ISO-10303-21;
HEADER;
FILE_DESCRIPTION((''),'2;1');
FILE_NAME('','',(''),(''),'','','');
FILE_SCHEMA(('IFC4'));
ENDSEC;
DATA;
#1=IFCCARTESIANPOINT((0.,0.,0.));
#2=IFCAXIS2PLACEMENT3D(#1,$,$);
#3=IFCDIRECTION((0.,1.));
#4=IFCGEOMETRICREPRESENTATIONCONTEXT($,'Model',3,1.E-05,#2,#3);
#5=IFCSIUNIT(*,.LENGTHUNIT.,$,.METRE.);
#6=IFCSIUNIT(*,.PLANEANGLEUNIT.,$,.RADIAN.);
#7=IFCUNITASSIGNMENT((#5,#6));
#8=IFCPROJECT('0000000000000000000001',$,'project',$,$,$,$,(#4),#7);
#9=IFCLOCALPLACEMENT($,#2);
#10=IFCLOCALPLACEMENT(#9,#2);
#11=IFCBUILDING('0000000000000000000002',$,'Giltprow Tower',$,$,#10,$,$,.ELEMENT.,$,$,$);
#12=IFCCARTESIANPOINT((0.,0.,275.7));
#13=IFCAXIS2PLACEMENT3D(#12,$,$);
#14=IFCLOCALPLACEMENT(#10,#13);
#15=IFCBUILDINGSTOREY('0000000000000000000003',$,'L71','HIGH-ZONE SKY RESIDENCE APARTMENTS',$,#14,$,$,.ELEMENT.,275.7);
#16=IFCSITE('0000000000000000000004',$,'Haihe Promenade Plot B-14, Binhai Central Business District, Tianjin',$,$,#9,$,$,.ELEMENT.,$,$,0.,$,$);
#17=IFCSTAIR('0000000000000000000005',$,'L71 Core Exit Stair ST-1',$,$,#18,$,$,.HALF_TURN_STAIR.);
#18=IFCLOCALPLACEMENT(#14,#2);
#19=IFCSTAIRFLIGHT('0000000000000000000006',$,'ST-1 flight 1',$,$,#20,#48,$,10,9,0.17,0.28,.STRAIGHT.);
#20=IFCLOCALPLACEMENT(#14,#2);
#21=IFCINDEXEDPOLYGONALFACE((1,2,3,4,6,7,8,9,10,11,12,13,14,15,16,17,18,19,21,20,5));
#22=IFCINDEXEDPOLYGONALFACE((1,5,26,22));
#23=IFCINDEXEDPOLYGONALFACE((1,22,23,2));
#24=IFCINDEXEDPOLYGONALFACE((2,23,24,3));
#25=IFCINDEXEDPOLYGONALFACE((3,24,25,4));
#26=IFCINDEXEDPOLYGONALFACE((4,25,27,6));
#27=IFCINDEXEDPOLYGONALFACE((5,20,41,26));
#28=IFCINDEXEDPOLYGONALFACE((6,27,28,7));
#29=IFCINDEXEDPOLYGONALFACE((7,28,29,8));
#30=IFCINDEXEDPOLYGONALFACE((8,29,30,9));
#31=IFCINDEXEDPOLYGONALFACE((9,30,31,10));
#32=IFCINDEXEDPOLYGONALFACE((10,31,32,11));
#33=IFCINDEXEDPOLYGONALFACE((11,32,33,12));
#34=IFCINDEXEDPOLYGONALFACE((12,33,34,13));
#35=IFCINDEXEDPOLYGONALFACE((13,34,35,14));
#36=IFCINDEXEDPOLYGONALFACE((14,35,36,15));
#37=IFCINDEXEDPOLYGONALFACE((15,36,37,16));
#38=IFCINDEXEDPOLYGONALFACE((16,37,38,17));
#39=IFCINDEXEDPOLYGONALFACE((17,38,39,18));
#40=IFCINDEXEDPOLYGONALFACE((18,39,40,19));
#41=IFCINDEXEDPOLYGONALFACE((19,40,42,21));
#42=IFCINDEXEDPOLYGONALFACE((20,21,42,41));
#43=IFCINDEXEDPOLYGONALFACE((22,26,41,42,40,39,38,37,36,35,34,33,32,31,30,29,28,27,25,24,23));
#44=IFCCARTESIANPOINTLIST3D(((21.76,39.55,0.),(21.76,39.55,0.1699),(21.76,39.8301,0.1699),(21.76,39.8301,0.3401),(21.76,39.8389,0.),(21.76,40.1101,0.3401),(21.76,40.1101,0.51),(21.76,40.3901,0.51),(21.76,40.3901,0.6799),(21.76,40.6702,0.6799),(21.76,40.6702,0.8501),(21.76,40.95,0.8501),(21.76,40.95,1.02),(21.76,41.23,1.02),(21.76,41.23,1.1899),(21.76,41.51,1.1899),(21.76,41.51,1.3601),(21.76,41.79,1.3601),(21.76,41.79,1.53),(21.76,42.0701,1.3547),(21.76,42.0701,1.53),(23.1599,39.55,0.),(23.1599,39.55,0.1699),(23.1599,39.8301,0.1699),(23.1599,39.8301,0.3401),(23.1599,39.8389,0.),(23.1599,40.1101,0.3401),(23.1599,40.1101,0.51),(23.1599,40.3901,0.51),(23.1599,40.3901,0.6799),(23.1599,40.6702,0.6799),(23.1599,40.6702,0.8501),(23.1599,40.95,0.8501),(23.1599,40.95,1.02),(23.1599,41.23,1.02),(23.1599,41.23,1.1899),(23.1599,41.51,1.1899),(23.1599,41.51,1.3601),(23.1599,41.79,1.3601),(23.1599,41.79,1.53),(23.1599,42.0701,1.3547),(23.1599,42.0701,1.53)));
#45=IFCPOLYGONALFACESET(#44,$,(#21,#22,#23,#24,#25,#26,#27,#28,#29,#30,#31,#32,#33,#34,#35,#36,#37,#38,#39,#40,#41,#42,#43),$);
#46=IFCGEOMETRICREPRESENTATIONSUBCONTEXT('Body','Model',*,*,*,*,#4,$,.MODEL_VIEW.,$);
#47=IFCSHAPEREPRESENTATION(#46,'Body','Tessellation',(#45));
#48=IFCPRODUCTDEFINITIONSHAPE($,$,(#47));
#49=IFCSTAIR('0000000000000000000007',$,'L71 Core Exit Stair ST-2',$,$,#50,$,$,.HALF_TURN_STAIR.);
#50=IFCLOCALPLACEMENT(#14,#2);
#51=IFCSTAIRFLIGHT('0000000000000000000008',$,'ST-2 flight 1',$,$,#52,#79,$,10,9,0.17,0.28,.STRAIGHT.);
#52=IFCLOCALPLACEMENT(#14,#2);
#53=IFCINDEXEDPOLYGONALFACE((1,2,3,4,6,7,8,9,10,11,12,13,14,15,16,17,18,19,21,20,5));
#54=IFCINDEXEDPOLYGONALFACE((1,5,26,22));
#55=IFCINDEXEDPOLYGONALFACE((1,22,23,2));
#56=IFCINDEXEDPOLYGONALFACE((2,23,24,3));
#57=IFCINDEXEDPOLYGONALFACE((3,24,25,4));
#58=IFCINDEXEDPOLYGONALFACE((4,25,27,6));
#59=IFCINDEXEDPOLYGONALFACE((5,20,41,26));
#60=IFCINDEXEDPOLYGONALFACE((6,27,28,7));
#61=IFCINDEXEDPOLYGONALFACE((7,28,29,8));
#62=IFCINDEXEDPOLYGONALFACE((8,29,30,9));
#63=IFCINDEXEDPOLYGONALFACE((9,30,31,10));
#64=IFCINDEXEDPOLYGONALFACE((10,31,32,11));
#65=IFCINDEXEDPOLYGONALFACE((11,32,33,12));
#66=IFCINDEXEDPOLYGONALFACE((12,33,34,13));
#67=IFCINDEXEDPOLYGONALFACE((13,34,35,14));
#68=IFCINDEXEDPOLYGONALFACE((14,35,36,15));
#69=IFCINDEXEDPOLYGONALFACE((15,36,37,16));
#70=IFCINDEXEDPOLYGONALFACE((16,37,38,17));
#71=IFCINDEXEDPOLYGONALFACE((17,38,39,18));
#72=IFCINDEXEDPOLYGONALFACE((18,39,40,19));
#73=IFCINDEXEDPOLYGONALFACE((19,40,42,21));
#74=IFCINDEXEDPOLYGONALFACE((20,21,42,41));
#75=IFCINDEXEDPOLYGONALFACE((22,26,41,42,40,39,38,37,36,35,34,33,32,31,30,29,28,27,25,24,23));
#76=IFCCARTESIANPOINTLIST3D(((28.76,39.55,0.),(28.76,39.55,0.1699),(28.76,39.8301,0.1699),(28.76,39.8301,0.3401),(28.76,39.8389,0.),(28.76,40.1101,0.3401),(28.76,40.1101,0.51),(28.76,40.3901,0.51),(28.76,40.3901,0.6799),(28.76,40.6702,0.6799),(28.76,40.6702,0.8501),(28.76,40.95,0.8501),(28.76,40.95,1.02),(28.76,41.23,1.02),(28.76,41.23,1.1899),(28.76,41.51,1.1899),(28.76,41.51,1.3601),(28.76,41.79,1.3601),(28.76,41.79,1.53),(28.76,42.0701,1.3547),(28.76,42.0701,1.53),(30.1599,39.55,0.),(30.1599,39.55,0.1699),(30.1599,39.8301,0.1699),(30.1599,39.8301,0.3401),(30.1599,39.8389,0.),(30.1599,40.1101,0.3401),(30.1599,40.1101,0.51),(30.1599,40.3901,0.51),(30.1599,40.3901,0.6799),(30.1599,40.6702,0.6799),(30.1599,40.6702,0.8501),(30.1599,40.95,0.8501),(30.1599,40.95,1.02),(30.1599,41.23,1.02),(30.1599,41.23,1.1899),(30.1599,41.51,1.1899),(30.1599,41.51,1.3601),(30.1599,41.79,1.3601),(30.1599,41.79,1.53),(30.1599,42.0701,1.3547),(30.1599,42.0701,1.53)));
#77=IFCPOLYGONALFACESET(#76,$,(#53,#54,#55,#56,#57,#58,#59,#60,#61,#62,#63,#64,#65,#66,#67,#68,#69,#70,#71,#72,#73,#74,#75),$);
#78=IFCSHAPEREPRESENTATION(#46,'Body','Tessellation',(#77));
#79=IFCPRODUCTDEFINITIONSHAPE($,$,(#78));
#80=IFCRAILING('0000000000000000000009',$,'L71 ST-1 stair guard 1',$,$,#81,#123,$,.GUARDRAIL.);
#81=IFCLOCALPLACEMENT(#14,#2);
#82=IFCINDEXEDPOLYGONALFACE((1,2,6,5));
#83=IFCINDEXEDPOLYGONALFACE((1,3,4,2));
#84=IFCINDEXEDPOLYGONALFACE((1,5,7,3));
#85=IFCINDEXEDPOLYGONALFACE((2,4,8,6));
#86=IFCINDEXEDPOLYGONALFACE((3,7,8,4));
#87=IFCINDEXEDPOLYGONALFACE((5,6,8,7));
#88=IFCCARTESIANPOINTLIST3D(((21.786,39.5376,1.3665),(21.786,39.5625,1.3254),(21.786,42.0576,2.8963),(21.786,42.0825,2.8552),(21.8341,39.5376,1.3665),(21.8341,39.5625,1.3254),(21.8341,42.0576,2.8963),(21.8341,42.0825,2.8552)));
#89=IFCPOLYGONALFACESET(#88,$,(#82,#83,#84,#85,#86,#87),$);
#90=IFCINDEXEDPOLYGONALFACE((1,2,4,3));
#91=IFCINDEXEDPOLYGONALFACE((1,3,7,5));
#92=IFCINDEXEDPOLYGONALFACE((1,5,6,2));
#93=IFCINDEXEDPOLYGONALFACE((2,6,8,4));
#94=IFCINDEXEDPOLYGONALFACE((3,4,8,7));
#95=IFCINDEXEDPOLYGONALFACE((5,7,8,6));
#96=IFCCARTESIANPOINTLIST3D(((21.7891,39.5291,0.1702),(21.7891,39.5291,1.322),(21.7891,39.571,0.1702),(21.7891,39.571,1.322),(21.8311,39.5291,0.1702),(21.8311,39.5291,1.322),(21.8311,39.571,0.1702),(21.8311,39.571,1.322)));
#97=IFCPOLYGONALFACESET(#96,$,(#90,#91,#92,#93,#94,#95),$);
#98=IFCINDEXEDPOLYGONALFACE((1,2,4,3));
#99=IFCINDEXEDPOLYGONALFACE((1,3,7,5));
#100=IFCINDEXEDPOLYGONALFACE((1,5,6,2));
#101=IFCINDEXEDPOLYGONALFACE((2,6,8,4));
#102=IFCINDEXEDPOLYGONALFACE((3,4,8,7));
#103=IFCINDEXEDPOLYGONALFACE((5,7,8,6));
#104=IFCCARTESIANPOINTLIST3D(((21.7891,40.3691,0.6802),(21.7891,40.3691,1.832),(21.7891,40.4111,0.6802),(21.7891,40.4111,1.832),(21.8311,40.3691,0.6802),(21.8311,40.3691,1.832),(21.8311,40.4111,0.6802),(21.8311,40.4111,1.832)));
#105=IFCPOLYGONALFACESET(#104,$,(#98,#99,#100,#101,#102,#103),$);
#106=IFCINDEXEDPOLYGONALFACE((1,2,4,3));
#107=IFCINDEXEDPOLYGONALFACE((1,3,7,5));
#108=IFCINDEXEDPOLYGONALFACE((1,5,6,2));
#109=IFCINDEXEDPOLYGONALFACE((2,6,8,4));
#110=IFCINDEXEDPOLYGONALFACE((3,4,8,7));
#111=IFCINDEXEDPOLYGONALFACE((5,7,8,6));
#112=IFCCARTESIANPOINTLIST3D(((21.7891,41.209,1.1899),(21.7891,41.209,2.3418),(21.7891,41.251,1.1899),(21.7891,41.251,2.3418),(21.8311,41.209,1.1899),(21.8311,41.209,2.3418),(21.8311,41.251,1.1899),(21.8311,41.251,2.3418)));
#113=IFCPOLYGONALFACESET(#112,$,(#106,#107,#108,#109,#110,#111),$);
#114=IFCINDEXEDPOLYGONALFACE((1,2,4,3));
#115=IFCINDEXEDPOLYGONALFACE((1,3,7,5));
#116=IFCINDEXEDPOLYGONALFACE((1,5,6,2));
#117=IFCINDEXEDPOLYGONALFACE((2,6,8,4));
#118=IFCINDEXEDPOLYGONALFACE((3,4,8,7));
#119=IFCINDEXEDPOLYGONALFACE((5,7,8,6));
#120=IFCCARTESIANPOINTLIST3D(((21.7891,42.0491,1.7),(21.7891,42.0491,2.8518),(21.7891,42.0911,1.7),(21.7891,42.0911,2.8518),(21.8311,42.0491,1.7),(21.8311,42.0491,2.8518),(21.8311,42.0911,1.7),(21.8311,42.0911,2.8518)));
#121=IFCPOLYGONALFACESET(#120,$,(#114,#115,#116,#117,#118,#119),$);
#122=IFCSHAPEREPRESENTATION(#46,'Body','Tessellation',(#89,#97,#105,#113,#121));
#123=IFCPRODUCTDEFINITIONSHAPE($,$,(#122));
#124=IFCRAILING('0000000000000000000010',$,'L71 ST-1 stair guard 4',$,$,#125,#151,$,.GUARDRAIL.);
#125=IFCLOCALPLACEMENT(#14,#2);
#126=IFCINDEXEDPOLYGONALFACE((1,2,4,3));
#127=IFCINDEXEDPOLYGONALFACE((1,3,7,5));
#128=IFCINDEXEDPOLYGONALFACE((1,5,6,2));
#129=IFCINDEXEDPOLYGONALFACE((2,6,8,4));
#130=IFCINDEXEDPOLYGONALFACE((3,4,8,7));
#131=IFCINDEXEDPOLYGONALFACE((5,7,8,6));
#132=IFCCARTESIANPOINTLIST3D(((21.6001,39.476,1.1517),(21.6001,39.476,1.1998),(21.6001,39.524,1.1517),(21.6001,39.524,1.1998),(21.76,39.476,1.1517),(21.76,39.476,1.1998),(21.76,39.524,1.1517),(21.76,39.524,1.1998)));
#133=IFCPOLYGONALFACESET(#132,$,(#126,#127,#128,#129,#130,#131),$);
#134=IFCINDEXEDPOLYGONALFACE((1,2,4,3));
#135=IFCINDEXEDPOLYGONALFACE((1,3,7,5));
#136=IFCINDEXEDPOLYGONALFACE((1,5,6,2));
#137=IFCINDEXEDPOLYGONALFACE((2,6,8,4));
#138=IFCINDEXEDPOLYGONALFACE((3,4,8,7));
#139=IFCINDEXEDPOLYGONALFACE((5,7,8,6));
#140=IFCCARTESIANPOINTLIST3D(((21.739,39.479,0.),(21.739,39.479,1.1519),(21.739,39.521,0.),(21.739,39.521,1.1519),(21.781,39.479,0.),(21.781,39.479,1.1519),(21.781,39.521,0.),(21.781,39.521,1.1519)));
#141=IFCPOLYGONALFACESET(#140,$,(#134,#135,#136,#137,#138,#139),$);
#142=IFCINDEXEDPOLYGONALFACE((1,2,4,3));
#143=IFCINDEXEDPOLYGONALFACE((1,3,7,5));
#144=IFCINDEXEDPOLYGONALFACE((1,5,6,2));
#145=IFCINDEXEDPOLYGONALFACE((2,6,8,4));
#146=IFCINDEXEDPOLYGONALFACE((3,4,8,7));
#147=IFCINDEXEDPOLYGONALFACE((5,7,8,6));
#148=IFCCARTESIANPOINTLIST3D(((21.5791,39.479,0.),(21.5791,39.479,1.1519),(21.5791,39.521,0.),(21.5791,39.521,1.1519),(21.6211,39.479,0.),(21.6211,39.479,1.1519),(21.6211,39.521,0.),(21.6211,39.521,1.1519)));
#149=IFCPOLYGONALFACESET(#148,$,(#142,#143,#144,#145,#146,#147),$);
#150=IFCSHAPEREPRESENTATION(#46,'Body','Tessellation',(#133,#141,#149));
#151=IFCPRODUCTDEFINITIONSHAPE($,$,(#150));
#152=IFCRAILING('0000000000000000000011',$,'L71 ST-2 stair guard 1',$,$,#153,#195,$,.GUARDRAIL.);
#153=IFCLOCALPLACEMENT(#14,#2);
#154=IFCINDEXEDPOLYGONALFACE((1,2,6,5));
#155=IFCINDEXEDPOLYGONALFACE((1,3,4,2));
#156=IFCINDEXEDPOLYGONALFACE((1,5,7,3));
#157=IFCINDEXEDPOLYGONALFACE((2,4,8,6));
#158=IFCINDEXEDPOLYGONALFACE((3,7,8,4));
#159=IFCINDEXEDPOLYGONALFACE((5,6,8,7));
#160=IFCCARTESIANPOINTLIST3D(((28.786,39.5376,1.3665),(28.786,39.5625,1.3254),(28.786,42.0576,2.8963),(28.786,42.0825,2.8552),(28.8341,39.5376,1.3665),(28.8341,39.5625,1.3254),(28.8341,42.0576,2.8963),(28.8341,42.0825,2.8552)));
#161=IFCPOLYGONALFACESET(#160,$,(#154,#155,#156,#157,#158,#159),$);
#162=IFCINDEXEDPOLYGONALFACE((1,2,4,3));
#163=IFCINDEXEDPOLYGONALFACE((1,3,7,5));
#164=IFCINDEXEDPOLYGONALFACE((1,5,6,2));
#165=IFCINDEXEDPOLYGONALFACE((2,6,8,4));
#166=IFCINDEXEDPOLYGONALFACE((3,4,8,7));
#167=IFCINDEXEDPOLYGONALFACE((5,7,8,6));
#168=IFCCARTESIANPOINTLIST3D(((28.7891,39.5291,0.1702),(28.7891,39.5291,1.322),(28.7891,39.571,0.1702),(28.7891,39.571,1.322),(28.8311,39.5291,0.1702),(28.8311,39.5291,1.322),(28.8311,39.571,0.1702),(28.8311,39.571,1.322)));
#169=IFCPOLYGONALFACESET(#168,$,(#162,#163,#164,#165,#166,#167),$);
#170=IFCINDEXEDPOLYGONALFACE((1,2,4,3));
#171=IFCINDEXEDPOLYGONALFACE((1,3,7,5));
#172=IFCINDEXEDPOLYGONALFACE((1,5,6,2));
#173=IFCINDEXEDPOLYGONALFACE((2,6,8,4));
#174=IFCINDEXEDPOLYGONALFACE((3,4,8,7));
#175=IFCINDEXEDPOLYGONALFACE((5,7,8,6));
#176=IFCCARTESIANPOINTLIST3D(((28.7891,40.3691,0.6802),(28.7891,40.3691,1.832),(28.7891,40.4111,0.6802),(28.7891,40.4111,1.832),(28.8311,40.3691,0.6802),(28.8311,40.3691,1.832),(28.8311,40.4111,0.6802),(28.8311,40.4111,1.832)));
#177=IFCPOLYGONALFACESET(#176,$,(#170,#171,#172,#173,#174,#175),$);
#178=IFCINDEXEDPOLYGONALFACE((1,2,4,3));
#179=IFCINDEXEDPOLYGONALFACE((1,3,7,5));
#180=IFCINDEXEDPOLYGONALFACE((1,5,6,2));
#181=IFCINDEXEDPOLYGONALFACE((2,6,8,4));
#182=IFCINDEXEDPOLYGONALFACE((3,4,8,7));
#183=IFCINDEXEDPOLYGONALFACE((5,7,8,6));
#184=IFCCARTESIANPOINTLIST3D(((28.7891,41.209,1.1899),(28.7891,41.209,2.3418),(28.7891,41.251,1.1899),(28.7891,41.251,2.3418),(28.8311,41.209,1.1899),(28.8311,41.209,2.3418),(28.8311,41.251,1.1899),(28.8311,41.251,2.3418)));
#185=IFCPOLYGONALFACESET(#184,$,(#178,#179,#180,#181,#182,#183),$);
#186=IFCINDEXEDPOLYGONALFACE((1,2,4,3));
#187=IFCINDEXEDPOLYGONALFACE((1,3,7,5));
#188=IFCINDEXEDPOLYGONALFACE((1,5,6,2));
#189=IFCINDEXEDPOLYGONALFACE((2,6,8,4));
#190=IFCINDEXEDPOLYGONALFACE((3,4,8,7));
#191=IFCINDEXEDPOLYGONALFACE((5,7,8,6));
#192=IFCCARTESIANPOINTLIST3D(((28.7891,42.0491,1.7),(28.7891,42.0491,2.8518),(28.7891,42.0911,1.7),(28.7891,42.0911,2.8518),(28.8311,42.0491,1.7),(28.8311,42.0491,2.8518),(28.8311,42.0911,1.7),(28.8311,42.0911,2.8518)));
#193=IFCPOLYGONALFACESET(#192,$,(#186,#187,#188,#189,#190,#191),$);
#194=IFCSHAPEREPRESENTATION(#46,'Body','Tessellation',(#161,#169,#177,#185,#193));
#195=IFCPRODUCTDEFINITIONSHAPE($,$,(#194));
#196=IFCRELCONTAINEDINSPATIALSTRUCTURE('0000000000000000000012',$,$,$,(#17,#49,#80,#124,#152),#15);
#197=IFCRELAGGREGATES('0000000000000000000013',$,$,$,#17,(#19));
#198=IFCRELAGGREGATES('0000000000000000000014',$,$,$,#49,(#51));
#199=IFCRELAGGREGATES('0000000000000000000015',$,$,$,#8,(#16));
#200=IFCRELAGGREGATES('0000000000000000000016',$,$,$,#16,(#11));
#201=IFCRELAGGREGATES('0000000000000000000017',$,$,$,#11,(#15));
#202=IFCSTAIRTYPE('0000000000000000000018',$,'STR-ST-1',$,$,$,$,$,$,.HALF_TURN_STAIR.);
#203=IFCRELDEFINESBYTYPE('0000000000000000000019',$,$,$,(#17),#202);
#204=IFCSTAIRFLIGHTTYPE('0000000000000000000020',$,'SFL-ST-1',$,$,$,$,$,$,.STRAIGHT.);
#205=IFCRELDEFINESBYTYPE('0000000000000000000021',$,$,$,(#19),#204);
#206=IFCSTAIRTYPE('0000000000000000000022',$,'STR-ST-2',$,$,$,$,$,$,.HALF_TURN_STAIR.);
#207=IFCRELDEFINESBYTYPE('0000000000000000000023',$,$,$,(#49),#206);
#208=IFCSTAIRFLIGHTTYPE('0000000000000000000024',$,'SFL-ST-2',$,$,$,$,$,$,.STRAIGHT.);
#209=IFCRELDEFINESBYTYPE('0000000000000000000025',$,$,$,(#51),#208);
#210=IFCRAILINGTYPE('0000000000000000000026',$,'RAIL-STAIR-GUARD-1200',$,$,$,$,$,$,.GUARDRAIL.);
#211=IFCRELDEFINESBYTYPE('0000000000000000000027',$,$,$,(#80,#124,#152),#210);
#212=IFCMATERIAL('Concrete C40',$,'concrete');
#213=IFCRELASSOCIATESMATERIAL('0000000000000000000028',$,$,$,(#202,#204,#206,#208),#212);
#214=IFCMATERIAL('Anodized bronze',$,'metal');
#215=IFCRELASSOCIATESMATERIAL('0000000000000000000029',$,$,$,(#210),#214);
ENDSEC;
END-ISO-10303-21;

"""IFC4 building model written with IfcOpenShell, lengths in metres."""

from ifc_helpers import new_model, si_unit, direction, frame, origin, origin_2d, place, context, subcontext, project, spatial, polyline, rectangle, outline, extrude, material, type_object, element, aggregate, save


model = new_model("IFC4")

# Units and contexts
model_context = context("Model", 3, precision=1e-05, world=origin(), true_north=direction((0.0, 1.0)))
body_context = subcontext(model_context, "Body", "Model", "MODEL_VIEW")
ifc_project = project(units=[si_unit("LENGTHUNIT", "METRE"), si_unit("PLANEANGLEUNIT", "RADIAN")], contexts=[model_context])

# Site, building, storey
site_placement = place(None, origin())
site = spatial("IfcSite", under=ifc_project, at=site_placement, Name="Haihe Promenade Plot B-14, Binhai Central Business District, Tianjin", CompositionType="ELEMENT", RefElevation=0.0)
building_placement = place(site_placement, origin())
building = spatial("IfcBuilding", under=site, at=building_placement, Name="Giltprow Tower", CompositionType="ELEMENT")
storey_placement = place(building_placement, frame((0.0, 0.0, 275.7)))
storey = spatial("IfcBuildingStorey", under=building, at=storey_placement, Name="L71", Description="HIGH-ZONE SKY RESIDENCE APARTMENTS", CompositionType="ELEMENT", Elevation=275.7)

# Shared definitions
ifc_material_1 = material(Name="Concrete C40", Category="concrete")

# Stairs, stair flights
stair_type_1 = type_object("IfcStairType", Name="STR-ST-1", PredefinedType="HALF_TURN_STAIR", material=ifc_material_1)
stair_1_placement = place(storey_placement, origin())
stair_1 = element("IfcStair", 1, at=stair_1_placement, inside=storey, type_object=stair_type_1, Name="L71 Core Exit Stair ST-1", PredefinedType="HALF_TURN_STAIR")
stair_flight_type_1 = type_object("IfcStairFlightType", Name="SFL-ST-1", PredefinedType="STRAIGHT", material=ifc_material_1)
stair_flight_1_placement = place(storey_placement, frame((22.46, 39.55, 0.0), z_axis=(0.0, 0.0, 1.0), x_axis=(0.0, 1.0, 0.0)))
stair_flight_1 = element("IfcStairFlight", 2, at=stair_flight_1_placement, type_object=stair_flight_type_1, Name="ST-1 flight 1", NumberOfRisers=10, NumberOfTreads=9, PredefinedType="STRAIGHT", RiserHeight=0.17, TreadLength=0.28, context=body_context, shape_type="SweptSolid", body=[
    extrude(outline(polyline([(0.0, 0.0), (0.0, 0.1699), (0.28, 0.1699), (0.28, 0.3401), (0.5601, 0.3401), (0.5601, 0.51), (0.8401, 0.51), (0.8401, 0.6799), (1.1201, 0.6799), (1.1201, 0.8501), (1.3999, 0.8501), (1.3999, 1.02), (1.6799, 1.02), (1.6799, 1.1899), (1.96, 1.1899), (1.96, 1.3601), (2.24, 1.3601), (2.24, 1.53), (2.52, 1.53), (2.52, 1.7), (2.52, 1.3547), (0.2888, 0.0), (0.0, 0.0)])), frame((0.0, 0.7, 0.0), z_axis=(0.0, -1.0, 0.0), x_axis=(1.0, 0.0, 0.0)), (0.0, 0.0, 1.0), 1.3999),
])
aggregate(stair_1, [stair_flight_1])
stair_type_2 = type_object("IfcStairType", Name="STR-ST-2", PredefinedType="HALF_TURN_STAIR", material=ifc_material_1)
stair_2_placement = place(storey_placement, origin())
stair_2 = element("IfcStair", 3, at=stair_2_placement, inside=storey, type_object=stair_type_2, Name="L71 Core Exit Stair ST-2", PredefinedType="HALF_TURN_STAIR")
stair_flight_type_2 = type_object("IfcStairFlightType", Name="SFL-ST-2", PredefinedType="STRAIGHT", material=ifc_material_1)
stair_flight_2_placement = place(storey_placement, frame((29.46, 39.55, 0.0), z_axis=(0.0, 0.0, 1.0), x_axis=(0.0, 1.0, 0.0)))
stair_flight_2 = element("IfcStairFlight", 4, at=stair_flight_2_placement, type_object=stair_flight_type_2, Name="ST-2 flight 1", NumberOfRisers=10, NumberOfTreads=9, PredefinedType="STRAIGHT", RiserHeight=0.17, TreadLength=0.28, context=body_context, shape_type="SweptSolid", body=[
    extrude(outline(polyline([(0.0, 0.0), (0.0, 0.1699), (0.28, 0.1699), (0.28, 0.3401), (0.5601, 0.3401), (0.5601, 0.51), (0.8401, 0.51), (0.8401, 0.6799), (1.1201, 0.6799), (1.1201, 0.8501), (1.3999, 0.8501), (1.3999, 1.02), (1.6799, 1.02), (1.6799, 1.1899), (1.96, 1.1899), (1.96, 1.3601), (2.24, 1.3601), (2.24, 1.53), (2.52, 1.53), (2.52, 1.7), (2.52, 1.3547), (0.2888, 0.0), (0.0, 0.0)])), frame((0.0, 0.7, 0.0), z_axis=(0.0, -1.0, 0.0), x_axis=(1.0, 0.0, 0.0)), (0.0, 0.0, 1.0), 1.3999),
])
aggregate(stair_2, [stair_flight_2])

# Railings
ifc_material_2 = material(Name="Anodized bronze", Category="metal")
railing_type_1 = type_object("IfcRailingType", Name="RAIL-STAIR-GUARD-1200", PredefinedType="GUARDRAIL", material=ifc_material_2)
railing_1_placement = place(storey_placement, frame((21.8101, 39.55, 0.1702)))
element("IfcRailing", 5, at=railing_1_placement, inside=storey, type_object=railing_type_1, Name="L71 ST-1 stair guard 1", PredefinedType="GUARDRAIL", context=body_context, shape_type="SweptSolid", body=[
    extrude(rectangle(XDim=0.0481, YDim=0.0481, at=origin_2d()), frame((0.0, 0.0, 1.1758), z_axis=(0.0, 0.854822, 0.518922), x_axis=(-1.0, 0.0, 0.0)), (0.0, 0.0, 1.0), 2.948),
    extrude(rectangle(XDim=0.042, YDim=0.042, at=origin_2d()), origin(), (0.0, 0.0, 1.0), 1.1519),
    extrude(rectangle(XDim=0.042, YDim=0.042, at=origin_2d()), frame((0.0, 0.8401, 0.51)), (0.0, 0.0, 1.0), 1.1519),
    extrude(rectangle(XDim=0.042, YDim=0.042, at=origin_2d()), frame((0.0, 1.6799, 1.0198)), (0.0, 0.0, 1.0), 1.1519),
    extrude(rectangle(XDim=0.042, YDim=0.042, at=origin_2d()), frame((0.0, 2.52, 1.5298)), (0.0, 0.0, 1.0), 1.1519),
])
railing_2_placement = place(storey_placement, frame((21.76, 39.5, 0.0)))
element("IfcRailing", 6, at=railing_2_placement, inside=storey, type_object=railing_type_1, Name="L71 ST-1 stair guard 4", PredefinedType="GUARDRAIL", context=body_context, shape_type="SweptSolid", body=[
    extrude(rectangle(XDim=0.0481, YDim=0.0481, at=origin_2d()), frame((0.0, 0.0, 1.1758), z_axis=(-1.0, 0.0, 0.0), x_axis=(0.0, -1.0, 0.0)), (0.0, 0.0, 1.0), 0.1599),
    extrude(rectangle(XDim=0.042, YDim=0.042, at=origin_2d()), origin(), (0.0, 0.0, 1.0), 1.1519),
    extrude(rectangle(XDim=0.042, YDim=0.042, at=origin_2d()), frame((-0.1599, 0.0, 0.0)), (0.0, 0.0, 1.0), 1.1519),
])
railing_3_placement = place(storey_placement, frame((28.8101, 39.55, 0.1702)))
element("IfcRailing", 7, at=railing_3_placement, inside=storey, type_object=railing_type_1, Name="L71 ST-2 stair guard 1", PredefinedType="GUARDRAIL", context=body_context, shape_type="SweptSolid", body=[
    extrude(rectangle(XDim=0.0481, YDim=0.0481, at=origin_2d()), frame((0.0, 0.0, 1.1758), z_axis=(0.0, 0.854822, 0.518922), x_axis=(-1.0, 0.0, 0.0)), (0.0, 0.0, 1.0), 2.948),
    extrude(rectangle(XDim=0.042, YDim=0.042, at=origin_2d()), origin(), (0.0, 0.0, 1.0), 1.1519),
    extrude(rectangle(XDim=0.042, YDim=0.042, at=origin_2d()), frame((0.0, 0.8401, 0.51)), (0.0, 0.0, 1.0), 1.1519),
    extrude(rectangle(XDim=0.042, YDim=0.042, at=origin_2d()), frame((0.0, 1.6799, 1.0198)), (0.0, 0.0, 1.0), 1.1519),
    extrude(rectangle(XDim=0.042, YDim=0.042, at=origin_2d()), frame((0.0, 2.52, 1.5298)), (0.0, 0.0, 1.0), 1.1519),
])

save(model, "model.ifc")
